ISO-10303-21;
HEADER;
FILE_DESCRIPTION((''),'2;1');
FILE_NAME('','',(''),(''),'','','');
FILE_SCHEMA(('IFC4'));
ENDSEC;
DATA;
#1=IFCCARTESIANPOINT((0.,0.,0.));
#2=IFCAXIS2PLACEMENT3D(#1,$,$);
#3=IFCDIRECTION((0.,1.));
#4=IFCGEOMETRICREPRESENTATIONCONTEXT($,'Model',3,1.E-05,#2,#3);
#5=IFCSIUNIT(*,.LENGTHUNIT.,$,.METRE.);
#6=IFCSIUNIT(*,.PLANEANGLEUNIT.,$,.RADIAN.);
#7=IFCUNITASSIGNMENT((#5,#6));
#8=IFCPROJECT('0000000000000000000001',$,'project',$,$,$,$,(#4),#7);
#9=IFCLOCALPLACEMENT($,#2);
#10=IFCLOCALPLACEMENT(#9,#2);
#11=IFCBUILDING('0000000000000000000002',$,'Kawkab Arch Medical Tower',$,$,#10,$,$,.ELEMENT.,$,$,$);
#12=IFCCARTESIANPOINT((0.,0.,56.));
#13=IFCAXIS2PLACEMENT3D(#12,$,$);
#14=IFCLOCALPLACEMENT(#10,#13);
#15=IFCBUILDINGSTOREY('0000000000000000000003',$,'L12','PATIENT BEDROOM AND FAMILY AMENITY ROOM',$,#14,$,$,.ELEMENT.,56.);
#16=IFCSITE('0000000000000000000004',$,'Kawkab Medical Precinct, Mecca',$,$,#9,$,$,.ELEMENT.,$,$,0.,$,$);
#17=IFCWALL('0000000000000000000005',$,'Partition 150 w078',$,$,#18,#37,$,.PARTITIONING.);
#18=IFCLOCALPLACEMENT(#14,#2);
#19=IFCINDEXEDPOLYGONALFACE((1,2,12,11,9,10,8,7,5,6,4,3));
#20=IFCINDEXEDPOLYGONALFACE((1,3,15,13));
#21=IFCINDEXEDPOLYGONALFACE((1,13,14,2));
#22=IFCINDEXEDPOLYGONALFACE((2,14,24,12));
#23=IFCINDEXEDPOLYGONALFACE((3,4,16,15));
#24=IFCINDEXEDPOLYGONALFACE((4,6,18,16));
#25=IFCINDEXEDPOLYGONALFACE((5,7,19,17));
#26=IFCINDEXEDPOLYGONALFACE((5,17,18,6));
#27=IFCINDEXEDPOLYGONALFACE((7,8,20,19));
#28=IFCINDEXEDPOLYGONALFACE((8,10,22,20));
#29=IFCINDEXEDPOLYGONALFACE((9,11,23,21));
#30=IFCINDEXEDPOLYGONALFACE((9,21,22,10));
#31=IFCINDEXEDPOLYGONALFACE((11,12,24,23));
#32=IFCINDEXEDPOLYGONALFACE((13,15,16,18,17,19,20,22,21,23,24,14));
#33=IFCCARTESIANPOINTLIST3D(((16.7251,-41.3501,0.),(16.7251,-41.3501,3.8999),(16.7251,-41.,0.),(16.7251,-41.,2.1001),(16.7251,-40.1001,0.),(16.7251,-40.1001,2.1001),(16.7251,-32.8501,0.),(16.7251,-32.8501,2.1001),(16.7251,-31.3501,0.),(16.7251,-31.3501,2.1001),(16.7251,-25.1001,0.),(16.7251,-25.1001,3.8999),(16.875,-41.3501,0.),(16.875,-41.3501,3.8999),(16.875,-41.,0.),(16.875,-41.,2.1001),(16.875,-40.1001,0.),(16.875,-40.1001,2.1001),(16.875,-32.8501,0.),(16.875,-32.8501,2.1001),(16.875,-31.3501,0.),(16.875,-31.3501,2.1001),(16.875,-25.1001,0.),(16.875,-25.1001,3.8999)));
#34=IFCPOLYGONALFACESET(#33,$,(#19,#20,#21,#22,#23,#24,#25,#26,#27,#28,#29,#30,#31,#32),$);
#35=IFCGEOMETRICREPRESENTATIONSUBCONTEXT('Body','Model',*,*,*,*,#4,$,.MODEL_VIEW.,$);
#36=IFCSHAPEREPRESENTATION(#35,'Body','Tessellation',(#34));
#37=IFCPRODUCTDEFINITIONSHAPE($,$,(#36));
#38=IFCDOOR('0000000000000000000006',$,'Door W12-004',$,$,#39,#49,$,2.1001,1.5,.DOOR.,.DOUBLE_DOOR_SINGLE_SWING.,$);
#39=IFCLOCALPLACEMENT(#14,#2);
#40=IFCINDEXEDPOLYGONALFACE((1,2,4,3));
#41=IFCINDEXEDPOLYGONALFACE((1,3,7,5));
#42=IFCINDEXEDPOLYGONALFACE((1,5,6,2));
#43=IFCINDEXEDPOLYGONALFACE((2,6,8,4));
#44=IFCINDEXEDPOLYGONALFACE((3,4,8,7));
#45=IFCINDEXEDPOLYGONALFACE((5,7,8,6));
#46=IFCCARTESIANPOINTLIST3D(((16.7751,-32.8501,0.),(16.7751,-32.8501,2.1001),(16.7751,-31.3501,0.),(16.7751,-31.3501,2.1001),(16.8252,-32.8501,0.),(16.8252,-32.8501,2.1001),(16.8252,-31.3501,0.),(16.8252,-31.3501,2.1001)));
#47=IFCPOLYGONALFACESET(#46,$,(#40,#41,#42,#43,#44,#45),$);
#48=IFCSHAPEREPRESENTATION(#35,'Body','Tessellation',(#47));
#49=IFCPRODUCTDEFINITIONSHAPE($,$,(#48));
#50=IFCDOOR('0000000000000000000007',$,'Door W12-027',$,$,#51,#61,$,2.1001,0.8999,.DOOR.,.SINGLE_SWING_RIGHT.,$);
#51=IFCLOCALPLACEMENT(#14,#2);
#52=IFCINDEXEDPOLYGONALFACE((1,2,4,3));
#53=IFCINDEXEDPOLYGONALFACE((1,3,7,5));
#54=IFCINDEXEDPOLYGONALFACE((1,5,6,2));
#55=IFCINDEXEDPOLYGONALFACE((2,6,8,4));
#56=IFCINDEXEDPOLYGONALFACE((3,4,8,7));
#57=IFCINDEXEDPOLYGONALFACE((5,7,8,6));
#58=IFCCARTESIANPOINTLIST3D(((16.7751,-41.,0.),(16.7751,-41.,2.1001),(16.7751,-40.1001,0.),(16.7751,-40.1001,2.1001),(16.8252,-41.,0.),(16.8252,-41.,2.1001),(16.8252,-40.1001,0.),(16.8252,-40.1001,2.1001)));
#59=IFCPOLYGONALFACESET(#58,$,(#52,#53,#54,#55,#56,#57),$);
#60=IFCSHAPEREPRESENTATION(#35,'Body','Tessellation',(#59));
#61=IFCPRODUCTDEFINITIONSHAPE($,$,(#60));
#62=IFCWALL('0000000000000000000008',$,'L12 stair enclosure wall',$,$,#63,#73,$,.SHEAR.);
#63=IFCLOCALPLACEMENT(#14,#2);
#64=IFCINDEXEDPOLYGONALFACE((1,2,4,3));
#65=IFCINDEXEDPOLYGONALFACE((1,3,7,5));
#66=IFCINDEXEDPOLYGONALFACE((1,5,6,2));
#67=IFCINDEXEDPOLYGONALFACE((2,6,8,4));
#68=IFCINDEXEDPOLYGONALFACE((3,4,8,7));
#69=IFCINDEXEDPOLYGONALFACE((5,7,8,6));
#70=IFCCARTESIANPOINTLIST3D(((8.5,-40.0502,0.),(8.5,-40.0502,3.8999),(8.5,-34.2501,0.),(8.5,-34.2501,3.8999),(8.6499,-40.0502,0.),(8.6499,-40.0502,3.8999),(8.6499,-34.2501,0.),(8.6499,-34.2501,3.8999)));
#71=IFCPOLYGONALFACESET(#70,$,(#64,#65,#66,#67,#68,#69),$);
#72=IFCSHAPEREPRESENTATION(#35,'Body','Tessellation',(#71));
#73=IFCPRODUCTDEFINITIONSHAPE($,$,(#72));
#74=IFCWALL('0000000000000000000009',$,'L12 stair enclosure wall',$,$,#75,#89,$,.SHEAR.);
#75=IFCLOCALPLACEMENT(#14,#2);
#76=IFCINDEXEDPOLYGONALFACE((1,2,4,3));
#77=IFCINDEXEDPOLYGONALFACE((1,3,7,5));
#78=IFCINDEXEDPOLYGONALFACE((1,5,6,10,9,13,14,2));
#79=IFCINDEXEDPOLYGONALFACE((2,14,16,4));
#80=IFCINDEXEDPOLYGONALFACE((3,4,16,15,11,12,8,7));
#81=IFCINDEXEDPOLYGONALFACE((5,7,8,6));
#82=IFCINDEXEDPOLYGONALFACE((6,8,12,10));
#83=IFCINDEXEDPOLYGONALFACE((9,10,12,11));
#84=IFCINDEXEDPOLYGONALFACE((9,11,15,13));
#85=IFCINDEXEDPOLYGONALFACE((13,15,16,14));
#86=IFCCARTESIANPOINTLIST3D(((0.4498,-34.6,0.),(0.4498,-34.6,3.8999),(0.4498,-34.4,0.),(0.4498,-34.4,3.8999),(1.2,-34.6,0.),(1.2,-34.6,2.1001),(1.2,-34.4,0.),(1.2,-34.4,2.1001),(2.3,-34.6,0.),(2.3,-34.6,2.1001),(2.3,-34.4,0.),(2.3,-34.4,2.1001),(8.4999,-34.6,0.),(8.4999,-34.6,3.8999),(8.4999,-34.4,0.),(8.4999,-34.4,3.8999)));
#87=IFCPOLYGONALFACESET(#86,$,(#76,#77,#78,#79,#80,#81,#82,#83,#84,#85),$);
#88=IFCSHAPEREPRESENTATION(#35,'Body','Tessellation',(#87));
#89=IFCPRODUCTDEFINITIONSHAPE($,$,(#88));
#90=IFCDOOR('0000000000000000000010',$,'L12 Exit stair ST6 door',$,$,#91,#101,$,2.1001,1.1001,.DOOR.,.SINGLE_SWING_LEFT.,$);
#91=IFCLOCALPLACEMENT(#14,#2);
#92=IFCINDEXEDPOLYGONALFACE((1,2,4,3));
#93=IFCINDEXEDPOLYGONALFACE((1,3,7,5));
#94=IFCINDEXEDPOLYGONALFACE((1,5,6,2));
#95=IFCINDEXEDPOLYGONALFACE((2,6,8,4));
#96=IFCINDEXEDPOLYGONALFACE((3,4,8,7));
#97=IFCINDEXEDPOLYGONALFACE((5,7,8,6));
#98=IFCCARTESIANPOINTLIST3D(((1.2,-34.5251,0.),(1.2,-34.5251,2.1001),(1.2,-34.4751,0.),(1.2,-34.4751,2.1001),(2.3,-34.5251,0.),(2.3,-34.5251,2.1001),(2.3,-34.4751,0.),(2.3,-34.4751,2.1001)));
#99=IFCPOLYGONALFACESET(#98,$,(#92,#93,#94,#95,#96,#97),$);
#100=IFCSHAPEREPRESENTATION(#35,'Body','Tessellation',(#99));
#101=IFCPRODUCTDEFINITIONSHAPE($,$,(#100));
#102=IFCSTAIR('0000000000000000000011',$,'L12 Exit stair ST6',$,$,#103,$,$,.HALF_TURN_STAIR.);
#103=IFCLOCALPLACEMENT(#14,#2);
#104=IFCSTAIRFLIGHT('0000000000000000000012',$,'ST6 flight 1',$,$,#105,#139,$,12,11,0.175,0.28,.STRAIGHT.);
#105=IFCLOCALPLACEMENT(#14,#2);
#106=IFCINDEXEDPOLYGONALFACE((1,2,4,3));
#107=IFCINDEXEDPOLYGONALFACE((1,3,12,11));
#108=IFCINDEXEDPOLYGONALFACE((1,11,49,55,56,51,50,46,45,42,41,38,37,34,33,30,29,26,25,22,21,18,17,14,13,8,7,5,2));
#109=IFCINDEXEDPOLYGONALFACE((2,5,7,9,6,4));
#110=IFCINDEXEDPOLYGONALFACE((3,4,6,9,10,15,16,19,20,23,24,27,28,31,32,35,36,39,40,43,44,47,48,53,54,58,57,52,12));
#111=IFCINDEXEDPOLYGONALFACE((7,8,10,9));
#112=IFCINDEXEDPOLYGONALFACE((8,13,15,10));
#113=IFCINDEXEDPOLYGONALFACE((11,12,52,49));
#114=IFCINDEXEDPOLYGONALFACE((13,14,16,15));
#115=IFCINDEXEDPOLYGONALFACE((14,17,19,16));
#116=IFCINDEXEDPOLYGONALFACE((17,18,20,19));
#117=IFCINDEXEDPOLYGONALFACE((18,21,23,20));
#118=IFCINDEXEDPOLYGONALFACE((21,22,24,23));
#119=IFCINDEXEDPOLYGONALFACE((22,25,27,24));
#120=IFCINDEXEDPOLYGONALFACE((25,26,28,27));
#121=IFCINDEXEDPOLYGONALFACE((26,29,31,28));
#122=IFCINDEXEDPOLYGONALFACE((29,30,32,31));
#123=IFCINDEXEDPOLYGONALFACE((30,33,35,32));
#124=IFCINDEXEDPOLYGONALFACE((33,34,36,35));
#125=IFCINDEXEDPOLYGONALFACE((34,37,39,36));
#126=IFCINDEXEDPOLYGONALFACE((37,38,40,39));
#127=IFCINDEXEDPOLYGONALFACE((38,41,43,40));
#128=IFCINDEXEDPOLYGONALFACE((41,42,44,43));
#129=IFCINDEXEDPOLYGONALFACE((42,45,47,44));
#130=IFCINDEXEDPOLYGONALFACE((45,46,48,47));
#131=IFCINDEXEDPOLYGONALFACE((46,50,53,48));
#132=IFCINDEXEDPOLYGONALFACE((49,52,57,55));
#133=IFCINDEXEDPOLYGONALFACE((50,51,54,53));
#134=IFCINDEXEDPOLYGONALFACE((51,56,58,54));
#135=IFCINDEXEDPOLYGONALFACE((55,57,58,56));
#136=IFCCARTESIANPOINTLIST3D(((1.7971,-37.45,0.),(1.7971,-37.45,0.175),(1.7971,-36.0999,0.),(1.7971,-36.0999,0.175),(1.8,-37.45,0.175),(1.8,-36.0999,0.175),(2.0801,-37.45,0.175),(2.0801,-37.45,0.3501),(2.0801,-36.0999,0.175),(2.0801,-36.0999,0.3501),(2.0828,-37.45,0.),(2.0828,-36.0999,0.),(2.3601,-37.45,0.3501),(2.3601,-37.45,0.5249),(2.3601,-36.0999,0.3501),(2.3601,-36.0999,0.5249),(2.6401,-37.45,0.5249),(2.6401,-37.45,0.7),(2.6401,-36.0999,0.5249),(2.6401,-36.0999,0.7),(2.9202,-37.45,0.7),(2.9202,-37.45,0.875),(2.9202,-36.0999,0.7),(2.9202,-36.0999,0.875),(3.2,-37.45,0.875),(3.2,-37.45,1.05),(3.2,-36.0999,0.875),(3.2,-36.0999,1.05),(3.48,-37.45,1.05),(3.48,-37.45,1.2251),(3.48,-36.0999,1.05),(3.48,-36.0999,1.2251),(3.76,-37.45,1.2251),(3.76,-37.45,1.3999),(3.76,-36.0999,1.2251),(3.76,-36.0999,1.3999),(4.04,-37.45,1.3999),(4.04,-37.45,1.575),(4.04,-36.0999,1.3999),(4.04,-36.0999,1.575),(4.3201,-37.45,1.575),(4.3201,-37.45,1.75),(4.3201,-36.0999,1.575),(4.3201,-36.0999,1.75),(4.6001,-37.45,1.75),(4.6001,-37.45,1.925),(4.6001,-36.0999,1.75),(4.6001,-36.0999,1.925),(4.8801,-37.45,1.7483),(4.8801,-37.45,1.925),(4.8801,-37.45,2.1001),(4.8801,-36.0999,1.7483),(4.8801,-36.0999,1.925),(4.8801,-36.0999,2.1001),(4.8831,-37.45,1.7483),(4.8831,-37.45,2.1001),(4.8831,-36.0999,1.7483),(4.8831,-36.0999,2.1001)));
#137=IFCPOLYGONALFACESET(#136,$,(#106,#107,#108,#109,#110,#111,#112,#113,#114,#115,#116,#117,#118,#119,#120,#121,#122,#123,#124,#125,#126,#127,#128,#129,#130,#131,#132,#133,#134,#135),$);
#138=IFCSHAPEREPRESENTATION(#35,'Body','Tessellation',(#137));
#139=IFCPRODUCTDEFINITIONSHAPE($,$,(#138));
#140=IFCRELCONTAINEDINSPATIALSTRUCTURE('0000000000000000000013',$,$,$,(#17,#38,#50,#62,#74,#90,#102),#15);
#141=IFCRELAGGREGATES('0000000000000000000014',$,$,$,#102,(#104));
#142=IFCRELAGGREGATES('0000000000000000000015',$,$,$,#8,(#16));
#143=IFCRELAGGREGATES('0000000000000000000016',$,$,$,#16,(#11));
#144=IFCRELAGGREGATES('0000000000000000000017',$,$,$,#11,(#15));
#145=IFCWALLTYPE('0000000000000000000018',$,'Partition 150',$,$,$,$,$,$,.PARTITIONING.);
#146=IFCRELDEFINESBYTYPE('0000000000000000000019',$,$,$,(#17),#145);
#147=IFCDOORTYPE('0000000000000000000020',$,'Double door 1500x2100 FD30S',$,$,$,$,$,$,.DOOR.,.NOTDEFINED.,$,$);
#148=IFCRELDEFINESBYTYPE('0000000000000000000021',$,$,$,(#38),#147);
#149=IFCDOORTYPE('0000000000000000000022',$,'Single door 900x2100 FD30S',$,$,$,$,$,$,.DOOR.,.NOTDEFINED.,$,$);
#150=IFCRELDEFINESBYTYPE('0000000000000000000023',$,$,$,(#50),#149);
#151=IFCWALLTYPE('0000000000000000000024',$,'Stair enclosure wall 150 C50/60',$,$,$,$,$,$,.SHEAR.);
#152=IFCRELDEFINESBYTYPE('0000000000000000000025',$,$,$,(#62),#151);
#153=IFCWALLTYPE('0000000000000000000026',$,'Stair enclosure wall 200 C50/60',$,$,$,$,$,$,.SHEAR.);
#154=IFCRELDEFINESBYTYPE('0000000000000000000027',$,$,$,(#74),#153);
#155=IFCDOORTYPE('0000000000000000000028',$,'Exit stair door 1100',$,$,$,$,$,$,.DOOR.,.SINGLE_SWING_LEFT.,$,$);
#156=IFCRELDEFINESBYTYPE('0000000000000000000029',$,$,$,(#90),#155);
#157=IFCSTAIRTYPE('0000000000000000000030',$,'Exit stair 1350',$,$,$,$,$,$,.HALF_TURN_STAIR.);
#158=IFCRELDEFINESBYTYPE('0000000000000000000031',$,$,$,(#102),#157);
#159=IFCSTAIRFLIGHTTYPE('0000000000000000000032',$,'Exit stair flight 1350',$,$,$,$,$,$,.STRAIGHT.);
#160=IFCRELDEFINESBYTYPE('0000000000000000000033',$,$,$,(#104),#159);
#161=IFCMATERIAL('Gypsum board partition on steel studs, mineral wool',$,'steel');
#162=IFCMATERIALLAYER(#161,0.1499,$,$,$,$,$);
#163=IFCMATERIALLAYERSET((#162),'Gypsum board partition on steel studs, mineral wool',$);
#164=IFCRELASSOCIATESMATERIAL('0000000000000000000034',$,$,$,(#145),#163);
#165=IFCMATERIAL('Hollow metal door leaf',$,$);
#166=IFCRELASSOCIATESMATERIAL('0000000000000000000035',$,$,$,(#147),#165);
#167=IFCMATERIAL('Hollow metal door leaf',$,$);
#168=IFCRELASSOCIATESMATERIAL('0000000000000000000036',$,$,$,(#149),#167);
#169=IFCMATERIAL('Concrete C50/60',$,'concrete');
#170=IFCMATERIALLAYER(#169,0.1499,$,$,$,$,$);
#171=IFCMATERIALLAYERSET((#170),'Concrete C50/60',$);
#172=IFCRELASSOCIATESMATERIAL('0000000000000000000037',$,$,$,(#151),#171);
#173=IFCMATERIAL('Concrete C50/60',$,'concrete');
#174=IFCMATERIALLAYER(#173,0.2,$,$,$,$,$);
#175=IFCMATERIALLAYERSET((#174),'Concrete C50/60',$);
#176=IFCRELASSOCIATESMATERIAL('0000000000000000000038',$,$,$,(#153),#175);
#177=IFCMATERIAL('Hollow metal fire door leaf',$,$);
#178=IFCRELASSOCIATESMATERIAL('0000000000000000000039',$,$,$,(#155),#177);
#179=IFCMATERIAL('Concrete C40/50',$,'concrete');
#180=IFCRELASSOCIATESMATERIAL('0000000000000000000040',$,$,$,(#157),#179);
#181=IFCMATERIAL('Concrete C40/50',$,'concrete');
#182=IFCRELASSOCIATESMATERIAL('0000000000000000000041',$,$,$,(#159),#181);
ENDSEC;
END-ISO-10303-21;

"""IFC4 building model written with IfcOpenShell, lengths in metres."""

from ifc_helpers import new_model, si_unit, direction, frame, frame_2d, origin, place, context, subcontext, project, spatial, polyline, rectangle, outline, extrude, material, layer, layer_set, type_object, element, fill, aggregate, save


model = new_model("IFC4")

# Units and contexts
model_context = context("Model", 3, precision=1e-05, world=origin(), true_north=direction((0.0, 1.0)))
body_context = subcontext(model_context, "Body", "Model", "MODEL_VIEW")
ifc_project = project(units=[si_unit("LENGTHUNIT", "METRE"), si_unit("PLANEANGLEUNIT", "RADIAN")], contexts=[model_context])

# Site, building, storey
site_placement = place(None, origin())
site = spatial("IfcSite", under=ifc_project, at=site_placement, Name="Kawkab Medical Precinct, Mecca", CompositionType="ELEMENT", RefElevation=0.0)
building_placement = place(site_placement, origin())
building = spatial("IfcBuilding", under=site, at=building_placement, Name="Kawkab Arch Medical Tower", CompositionType="ELEMENT")
storey_placement = place(building_placement, frame((0.0, 0.0, 56.0)))
storey = spatial("IfcBuildingStorey", under=building, at=storey_placement, Name="L12", Description="PATIENT BEDROOM AND FAMILY AMENITY ROOM", CompositionType="ELEMENT", Elevation=56.0)

# Shared definitions
ifc_material_1 = material(Name="Gypsum board partition on steel studs, mineral wool", Category="steel")
ifc_layer_1 = layer(ifc_material_1, 0.1499)
ifc_layer_set_1 = layer_set([ifc_layer_1], Name="Gypsum board partition on steel studs, mineral wool")
wall_type_1 = type_object("IfcWallType", Name="Partition 150", PredefinedType="PARTITIONING", material=ifc_layer_set_1)

# Wall, openings, doors
wall_1_placement = place(storey_placement, frame((16.8, -41.3501, 0.0), z_axis=(0.0, 0.0, 1.0), x_axis=(0.0, 1.0, 0.0)))
wall_1 = element("IfcWall", 1, at=wall_1_placement, inside=storey, type_object=wall_type_1, Name="Partition 150 w078", PredefinedType="PARTITIONING", context=body_context, shape_type="SweptSolid", body=[
    extrude(rectangle(XDim=16.25, YDim=0.1499, at=frame_2d((8.125, 0.0))), origin(), (0.0, 0.0, 1.0), 3.8999),
])
opening_1_placement = place(wall_1_placement, frame((8.5, 0.0, 0.0)))
opening_1 = element("IfcOpeningElement", 2, at=opening_1_placement, cuts=wall_1, PredefinedType="OPENING", context=body_context, shape_type="SweptSolid", body=[
    extrude(rectangle(XDim=1.5, YDim=2.1001, at=frame_2d((0.75, 1.05))), frame((0.0, 0.085, 0.0), z_axis=(0.0, -1.0, 0.0), x_axis=(1.0, 0.0, 0.0)), (0.0, 0.0, 1.0), 0.1699),
])
opening_2_placement = place(wall_1_placement, frame((0.3501, 0.0, 0.0)))
opening_2 = element("IfcOpeningElement", 3, at=opening_2_placement, cuts=wall_1, PredefinedType="OPENING", context=body_context, shape_type="SweptSolid", body=[
    extrude(rectangle(XDim=0.8999, YDim=2.1001, at=frame_2d((0.45, 1.05))), frame((0.0, 0.085, 0.0), z_axis=(0.0, -1.0, 0.0), x_axis=(1.0, 0.0, 0.0)), (0.0, 0.0, 1.0), 0.1699),
])
ifc_material_2 = material(Name="Hollow metal door leaf")
door_type_1 = type_object("IfcDoorType", Name="Double door 1500x2100 FD30S", OperationType="NOTDEFINED", PredefinedType="DOOR", material=ifc_material_2)
door_1_placement = place(opening_1_placement, origin())
door_1 = element("IfcDoor", 4, at=door_1_placement, inside=storey, type_object=door_type_1, Name="Door W12-004", OperationType="DOUBLE_DOOR_SINGLE_SWING", OverallHeight=2.1001, OverallWidth=1.5, PredefinedType="DOOR", context=body_context, shape_type="SweptSolid", body=[
    extrude(rectangle(XDim=1.5, YDim=2.1001, at=frame_2d((0.75, 1.05))), frame((0.0, 0.0249, 0.0), z_axis=(0.0, -1.0, 0.0), x_axis=(1.0, 0.0, 0.0)), (0.0, 0.0, 1.0), 0.05),
])
fill(opening_1, door_1)
ifc_material_3 = material(Name="Hollow metal door leaf")
door_type_2 = type_object("IfcDoorType", Name="Single door 900x2100 FD30S", OperationType="NOTDEFINED", PredefinedType="DOOR", material=ifc_material_3)
door_2_placement = place(opening_2_placement, origin())
door_2 = element("IfcDoor", 5, at=door_2_placement, inside=storey, type_object=door_type_2, Name="Door W12-027", OperationType="SINGLE_SWING_RIGHT", OverallHeight=2.1001, OverallWidth=0.8999, PredefinedType="DOOR", context=body_context, shape_type="SweptSolid", body=[
    extrude(rectangle(XDim=0.8999, YDim=2.1001, at=frame_2d((0.45, 1.05))), frame((0.0, 0.0249, 0.0), z_axis=(0.0, -1.0, 0.0), x_axis=(1.0, 0.0, 0.0)), (0.0, 0.0, 1.0), 0.05),
])
fill(opening_2, door_2)

# Wall
ifc_material_4 = material(Name="Concrete C50/60", Category="concrete")
ifc_layer_2 = layer(ifc_material_4, 0.1499)
ifc_layer_set_2 = layer_set([ifc_layer_2], Name="Concrete C50/60")
wall_type_2 = type_object("IfcWallType", Name="Stair enclosure wall 150 C50/60", PredefinedType="SHEAR", material=ifc_layer_set_2)
wall_2_placement = place(storey_placement, frame((8.575, -40.05, 0.0), z_axis=(0.0, 0.0, 1.0), x_axis=(0.0, 1.0, 0.0)))
element("IfcWall", 6, at=wall_2_placement, inside=storey, type_object=wall_type_2, Name="L12 stair enclosure wall", PredefinedType="SHEAR", context=body_context, shape_type="SweptSolid", body=[
    extrude(rectangle(XDim=5.8, YDim=0.1499, at=frame_2d((2.8999, 0.0))), origin(), (0.0, 0.0, 1.0), 3.8999),
])

# Wall, opening, door
ifc_material_5 = material(Name="Concrete C50/60", Category="concrete")
ifc_layer_3 = layer(ifc_material_5, 0.2)
ifc_layer_set_3 = layer_set([ifc_layer_3], Name="Concrete C50/60")
wall_type_3 = type_object("IfcWallType", Name="Stair enclosure wall 200 C50/60", PredefinedType="SHEAR", material=ifc_layer_set_3)
wall_3_placement = place(storey_placement, frame((0.45, -34.5, 0.0), z_axis=(0.0, 0.0, 1.0), x_axis=(1.0, 0.0, 0.0)))
wall_3 = element("IfcWall", 7, at=wall_3_placement, inside=storey, type_object=wall_type_3, Name="L12 stair enclosure wall", PredefinedType="SHEAR", context=body_context, shape_type="SweptSolid", body=[
    extrude(rectangle(XDim=8.05, YDim=0.2, at=frame_2d((4.0249, 0.0))), origin(), (0.0, 0.0, 1.0), 3.8999),
])
opening_3_placement = place(wall_3_placement, frame((0.75, 0.0, 0.0)))
opening_3 = element("IfcOpeningElement", 8, at=opening_3_placement, cuts=wall_3, PredefinedType="OPENING", context=body_context, shape_type="SweptSolid", body=[
    extrude(rectangle(XDim=1.1001, YDim=2.1001, at=frame_2d((0.55, 1.05))), frame((0.0, 0.1099, 0.0), z_axis=(0.0, -1.0, 0.0), x_axis=(1.0, 0.0, 0.0)), (0.0, 0.0, 1.0), 0.22),
])
ifc_material_6 = material(Name="Hollow metal fire door leaf")
door_type_3 = type_object("IfcDoorType", Name="Exit stair door 1100", OperationType="SINGLE_SWING_LEFT", PredefinedType="DOOR", material=ifc_material_6)
door_3_placement = place(opening_3_placement, origin())
door_3 = element("IfcDoor", 9, at=door_3_placement, inside=storey, type_object=door_type_3, Name="L12 Exit stair ST6 door", OperationType="SINGLE_SWING_LEFT", OverallHeight=2.1001, OverallWidth=1.1001, PredefinedType="DOOR", context=body_context, shape_type="SweptSolid", body=[
    extrude(rectangle(XDim=1.1001, YDim=2.1001, at=frame_2d((0.55, 1.05))), frame((0.0, 0.0249, 0.0), z_axis=(0.0, -1.0, 0.0), x_axis=(1.0, 0.0, 0.0)), (0.0, 0.0, 1.0), 0.05),
])
fill(opening_3, door_3)

# Stair, stair flight
ifc_material_7 = material(Name="Concrete C40/50", Category="concrete")
stair_type = type_object("IfcStairType", Name="Exit stair 1350", PredefinedType="HALF_TURN_STAIR", material=ifc_material_7)
stair_placement = place(storey_placement, origin())
stair = element("IfcStair", 10, at=stair_placement, inside=storey, type_object=stair_type, Name="L12 Exit stair ST6", PredefinedType="HALF_TURN_STAIR")
ifc_material_8 = material(Name="Concrete C40/50", Category="concrete")
stair_flight_type = type_object("IfcStairFlightType", Name="Exit stair flight 1350", PredefinedType="STRAIGHT", material=ifc_material_8)
stair_flight_1_placement = place(storey_placement, frame((1.8, -36.7749, 0.0), z_axis=(0.0, 0.0, 1.0), x_axis=(1.0, 0.0, 0.0)))
stair_flight_1 = element("IfcStairFlight", 11, at=stair_flight_1_placement, type_object=stair_flight_type, Name="ST6 flight 1", NumberOfRisers=12, NumberOfTreads=11, PredefinedType="STRAIGHT", RiserHeight=0.175, TreadLength=0.28, context=body_context, shape_type="SweptSolid", body=[
    extrude(outline(polyline([(-0.0029, 0.0), (-0.0029, 0.175), (0.0, 0.175), (0.28, 0.175), (0.28, 0.3501), (0.5601, 0.3501), (0.5601, 0.5249), (0.8401, 0.5249), (0.8401, 0.7), (1.1201, 0.7), (1.1201, 0.875), (1.3999, 0.875), (1.3999, 1.05), (1.6799, 1.05), (1.6799, 1.2251), (1.96, 1.2251), (1.96, 1.3999), (2.24, 1.3999), (2.24, 1.575), (2.52, 1.575), (2.52, 1.75), (2.8, 1.75), (2.8, 1.925), (3.0801, 1.925), (3.0801, 2.1001), (3.083, 2.1001), (3.083, 1.7483), (3.0801, 1.7483), (0.2827, 0.0), (-0.0029, 0.0)])), frame((0.0, 0.675, 0.0), z_axis=(0.0, -1.0, 0.0), x_axis=(1.0, 0.0, 0.0)), (0.0, 0.0, 1.0), 1.3501),
])
aggregate(stair, [stair_flight_1])

save(model, "model.ifc")
